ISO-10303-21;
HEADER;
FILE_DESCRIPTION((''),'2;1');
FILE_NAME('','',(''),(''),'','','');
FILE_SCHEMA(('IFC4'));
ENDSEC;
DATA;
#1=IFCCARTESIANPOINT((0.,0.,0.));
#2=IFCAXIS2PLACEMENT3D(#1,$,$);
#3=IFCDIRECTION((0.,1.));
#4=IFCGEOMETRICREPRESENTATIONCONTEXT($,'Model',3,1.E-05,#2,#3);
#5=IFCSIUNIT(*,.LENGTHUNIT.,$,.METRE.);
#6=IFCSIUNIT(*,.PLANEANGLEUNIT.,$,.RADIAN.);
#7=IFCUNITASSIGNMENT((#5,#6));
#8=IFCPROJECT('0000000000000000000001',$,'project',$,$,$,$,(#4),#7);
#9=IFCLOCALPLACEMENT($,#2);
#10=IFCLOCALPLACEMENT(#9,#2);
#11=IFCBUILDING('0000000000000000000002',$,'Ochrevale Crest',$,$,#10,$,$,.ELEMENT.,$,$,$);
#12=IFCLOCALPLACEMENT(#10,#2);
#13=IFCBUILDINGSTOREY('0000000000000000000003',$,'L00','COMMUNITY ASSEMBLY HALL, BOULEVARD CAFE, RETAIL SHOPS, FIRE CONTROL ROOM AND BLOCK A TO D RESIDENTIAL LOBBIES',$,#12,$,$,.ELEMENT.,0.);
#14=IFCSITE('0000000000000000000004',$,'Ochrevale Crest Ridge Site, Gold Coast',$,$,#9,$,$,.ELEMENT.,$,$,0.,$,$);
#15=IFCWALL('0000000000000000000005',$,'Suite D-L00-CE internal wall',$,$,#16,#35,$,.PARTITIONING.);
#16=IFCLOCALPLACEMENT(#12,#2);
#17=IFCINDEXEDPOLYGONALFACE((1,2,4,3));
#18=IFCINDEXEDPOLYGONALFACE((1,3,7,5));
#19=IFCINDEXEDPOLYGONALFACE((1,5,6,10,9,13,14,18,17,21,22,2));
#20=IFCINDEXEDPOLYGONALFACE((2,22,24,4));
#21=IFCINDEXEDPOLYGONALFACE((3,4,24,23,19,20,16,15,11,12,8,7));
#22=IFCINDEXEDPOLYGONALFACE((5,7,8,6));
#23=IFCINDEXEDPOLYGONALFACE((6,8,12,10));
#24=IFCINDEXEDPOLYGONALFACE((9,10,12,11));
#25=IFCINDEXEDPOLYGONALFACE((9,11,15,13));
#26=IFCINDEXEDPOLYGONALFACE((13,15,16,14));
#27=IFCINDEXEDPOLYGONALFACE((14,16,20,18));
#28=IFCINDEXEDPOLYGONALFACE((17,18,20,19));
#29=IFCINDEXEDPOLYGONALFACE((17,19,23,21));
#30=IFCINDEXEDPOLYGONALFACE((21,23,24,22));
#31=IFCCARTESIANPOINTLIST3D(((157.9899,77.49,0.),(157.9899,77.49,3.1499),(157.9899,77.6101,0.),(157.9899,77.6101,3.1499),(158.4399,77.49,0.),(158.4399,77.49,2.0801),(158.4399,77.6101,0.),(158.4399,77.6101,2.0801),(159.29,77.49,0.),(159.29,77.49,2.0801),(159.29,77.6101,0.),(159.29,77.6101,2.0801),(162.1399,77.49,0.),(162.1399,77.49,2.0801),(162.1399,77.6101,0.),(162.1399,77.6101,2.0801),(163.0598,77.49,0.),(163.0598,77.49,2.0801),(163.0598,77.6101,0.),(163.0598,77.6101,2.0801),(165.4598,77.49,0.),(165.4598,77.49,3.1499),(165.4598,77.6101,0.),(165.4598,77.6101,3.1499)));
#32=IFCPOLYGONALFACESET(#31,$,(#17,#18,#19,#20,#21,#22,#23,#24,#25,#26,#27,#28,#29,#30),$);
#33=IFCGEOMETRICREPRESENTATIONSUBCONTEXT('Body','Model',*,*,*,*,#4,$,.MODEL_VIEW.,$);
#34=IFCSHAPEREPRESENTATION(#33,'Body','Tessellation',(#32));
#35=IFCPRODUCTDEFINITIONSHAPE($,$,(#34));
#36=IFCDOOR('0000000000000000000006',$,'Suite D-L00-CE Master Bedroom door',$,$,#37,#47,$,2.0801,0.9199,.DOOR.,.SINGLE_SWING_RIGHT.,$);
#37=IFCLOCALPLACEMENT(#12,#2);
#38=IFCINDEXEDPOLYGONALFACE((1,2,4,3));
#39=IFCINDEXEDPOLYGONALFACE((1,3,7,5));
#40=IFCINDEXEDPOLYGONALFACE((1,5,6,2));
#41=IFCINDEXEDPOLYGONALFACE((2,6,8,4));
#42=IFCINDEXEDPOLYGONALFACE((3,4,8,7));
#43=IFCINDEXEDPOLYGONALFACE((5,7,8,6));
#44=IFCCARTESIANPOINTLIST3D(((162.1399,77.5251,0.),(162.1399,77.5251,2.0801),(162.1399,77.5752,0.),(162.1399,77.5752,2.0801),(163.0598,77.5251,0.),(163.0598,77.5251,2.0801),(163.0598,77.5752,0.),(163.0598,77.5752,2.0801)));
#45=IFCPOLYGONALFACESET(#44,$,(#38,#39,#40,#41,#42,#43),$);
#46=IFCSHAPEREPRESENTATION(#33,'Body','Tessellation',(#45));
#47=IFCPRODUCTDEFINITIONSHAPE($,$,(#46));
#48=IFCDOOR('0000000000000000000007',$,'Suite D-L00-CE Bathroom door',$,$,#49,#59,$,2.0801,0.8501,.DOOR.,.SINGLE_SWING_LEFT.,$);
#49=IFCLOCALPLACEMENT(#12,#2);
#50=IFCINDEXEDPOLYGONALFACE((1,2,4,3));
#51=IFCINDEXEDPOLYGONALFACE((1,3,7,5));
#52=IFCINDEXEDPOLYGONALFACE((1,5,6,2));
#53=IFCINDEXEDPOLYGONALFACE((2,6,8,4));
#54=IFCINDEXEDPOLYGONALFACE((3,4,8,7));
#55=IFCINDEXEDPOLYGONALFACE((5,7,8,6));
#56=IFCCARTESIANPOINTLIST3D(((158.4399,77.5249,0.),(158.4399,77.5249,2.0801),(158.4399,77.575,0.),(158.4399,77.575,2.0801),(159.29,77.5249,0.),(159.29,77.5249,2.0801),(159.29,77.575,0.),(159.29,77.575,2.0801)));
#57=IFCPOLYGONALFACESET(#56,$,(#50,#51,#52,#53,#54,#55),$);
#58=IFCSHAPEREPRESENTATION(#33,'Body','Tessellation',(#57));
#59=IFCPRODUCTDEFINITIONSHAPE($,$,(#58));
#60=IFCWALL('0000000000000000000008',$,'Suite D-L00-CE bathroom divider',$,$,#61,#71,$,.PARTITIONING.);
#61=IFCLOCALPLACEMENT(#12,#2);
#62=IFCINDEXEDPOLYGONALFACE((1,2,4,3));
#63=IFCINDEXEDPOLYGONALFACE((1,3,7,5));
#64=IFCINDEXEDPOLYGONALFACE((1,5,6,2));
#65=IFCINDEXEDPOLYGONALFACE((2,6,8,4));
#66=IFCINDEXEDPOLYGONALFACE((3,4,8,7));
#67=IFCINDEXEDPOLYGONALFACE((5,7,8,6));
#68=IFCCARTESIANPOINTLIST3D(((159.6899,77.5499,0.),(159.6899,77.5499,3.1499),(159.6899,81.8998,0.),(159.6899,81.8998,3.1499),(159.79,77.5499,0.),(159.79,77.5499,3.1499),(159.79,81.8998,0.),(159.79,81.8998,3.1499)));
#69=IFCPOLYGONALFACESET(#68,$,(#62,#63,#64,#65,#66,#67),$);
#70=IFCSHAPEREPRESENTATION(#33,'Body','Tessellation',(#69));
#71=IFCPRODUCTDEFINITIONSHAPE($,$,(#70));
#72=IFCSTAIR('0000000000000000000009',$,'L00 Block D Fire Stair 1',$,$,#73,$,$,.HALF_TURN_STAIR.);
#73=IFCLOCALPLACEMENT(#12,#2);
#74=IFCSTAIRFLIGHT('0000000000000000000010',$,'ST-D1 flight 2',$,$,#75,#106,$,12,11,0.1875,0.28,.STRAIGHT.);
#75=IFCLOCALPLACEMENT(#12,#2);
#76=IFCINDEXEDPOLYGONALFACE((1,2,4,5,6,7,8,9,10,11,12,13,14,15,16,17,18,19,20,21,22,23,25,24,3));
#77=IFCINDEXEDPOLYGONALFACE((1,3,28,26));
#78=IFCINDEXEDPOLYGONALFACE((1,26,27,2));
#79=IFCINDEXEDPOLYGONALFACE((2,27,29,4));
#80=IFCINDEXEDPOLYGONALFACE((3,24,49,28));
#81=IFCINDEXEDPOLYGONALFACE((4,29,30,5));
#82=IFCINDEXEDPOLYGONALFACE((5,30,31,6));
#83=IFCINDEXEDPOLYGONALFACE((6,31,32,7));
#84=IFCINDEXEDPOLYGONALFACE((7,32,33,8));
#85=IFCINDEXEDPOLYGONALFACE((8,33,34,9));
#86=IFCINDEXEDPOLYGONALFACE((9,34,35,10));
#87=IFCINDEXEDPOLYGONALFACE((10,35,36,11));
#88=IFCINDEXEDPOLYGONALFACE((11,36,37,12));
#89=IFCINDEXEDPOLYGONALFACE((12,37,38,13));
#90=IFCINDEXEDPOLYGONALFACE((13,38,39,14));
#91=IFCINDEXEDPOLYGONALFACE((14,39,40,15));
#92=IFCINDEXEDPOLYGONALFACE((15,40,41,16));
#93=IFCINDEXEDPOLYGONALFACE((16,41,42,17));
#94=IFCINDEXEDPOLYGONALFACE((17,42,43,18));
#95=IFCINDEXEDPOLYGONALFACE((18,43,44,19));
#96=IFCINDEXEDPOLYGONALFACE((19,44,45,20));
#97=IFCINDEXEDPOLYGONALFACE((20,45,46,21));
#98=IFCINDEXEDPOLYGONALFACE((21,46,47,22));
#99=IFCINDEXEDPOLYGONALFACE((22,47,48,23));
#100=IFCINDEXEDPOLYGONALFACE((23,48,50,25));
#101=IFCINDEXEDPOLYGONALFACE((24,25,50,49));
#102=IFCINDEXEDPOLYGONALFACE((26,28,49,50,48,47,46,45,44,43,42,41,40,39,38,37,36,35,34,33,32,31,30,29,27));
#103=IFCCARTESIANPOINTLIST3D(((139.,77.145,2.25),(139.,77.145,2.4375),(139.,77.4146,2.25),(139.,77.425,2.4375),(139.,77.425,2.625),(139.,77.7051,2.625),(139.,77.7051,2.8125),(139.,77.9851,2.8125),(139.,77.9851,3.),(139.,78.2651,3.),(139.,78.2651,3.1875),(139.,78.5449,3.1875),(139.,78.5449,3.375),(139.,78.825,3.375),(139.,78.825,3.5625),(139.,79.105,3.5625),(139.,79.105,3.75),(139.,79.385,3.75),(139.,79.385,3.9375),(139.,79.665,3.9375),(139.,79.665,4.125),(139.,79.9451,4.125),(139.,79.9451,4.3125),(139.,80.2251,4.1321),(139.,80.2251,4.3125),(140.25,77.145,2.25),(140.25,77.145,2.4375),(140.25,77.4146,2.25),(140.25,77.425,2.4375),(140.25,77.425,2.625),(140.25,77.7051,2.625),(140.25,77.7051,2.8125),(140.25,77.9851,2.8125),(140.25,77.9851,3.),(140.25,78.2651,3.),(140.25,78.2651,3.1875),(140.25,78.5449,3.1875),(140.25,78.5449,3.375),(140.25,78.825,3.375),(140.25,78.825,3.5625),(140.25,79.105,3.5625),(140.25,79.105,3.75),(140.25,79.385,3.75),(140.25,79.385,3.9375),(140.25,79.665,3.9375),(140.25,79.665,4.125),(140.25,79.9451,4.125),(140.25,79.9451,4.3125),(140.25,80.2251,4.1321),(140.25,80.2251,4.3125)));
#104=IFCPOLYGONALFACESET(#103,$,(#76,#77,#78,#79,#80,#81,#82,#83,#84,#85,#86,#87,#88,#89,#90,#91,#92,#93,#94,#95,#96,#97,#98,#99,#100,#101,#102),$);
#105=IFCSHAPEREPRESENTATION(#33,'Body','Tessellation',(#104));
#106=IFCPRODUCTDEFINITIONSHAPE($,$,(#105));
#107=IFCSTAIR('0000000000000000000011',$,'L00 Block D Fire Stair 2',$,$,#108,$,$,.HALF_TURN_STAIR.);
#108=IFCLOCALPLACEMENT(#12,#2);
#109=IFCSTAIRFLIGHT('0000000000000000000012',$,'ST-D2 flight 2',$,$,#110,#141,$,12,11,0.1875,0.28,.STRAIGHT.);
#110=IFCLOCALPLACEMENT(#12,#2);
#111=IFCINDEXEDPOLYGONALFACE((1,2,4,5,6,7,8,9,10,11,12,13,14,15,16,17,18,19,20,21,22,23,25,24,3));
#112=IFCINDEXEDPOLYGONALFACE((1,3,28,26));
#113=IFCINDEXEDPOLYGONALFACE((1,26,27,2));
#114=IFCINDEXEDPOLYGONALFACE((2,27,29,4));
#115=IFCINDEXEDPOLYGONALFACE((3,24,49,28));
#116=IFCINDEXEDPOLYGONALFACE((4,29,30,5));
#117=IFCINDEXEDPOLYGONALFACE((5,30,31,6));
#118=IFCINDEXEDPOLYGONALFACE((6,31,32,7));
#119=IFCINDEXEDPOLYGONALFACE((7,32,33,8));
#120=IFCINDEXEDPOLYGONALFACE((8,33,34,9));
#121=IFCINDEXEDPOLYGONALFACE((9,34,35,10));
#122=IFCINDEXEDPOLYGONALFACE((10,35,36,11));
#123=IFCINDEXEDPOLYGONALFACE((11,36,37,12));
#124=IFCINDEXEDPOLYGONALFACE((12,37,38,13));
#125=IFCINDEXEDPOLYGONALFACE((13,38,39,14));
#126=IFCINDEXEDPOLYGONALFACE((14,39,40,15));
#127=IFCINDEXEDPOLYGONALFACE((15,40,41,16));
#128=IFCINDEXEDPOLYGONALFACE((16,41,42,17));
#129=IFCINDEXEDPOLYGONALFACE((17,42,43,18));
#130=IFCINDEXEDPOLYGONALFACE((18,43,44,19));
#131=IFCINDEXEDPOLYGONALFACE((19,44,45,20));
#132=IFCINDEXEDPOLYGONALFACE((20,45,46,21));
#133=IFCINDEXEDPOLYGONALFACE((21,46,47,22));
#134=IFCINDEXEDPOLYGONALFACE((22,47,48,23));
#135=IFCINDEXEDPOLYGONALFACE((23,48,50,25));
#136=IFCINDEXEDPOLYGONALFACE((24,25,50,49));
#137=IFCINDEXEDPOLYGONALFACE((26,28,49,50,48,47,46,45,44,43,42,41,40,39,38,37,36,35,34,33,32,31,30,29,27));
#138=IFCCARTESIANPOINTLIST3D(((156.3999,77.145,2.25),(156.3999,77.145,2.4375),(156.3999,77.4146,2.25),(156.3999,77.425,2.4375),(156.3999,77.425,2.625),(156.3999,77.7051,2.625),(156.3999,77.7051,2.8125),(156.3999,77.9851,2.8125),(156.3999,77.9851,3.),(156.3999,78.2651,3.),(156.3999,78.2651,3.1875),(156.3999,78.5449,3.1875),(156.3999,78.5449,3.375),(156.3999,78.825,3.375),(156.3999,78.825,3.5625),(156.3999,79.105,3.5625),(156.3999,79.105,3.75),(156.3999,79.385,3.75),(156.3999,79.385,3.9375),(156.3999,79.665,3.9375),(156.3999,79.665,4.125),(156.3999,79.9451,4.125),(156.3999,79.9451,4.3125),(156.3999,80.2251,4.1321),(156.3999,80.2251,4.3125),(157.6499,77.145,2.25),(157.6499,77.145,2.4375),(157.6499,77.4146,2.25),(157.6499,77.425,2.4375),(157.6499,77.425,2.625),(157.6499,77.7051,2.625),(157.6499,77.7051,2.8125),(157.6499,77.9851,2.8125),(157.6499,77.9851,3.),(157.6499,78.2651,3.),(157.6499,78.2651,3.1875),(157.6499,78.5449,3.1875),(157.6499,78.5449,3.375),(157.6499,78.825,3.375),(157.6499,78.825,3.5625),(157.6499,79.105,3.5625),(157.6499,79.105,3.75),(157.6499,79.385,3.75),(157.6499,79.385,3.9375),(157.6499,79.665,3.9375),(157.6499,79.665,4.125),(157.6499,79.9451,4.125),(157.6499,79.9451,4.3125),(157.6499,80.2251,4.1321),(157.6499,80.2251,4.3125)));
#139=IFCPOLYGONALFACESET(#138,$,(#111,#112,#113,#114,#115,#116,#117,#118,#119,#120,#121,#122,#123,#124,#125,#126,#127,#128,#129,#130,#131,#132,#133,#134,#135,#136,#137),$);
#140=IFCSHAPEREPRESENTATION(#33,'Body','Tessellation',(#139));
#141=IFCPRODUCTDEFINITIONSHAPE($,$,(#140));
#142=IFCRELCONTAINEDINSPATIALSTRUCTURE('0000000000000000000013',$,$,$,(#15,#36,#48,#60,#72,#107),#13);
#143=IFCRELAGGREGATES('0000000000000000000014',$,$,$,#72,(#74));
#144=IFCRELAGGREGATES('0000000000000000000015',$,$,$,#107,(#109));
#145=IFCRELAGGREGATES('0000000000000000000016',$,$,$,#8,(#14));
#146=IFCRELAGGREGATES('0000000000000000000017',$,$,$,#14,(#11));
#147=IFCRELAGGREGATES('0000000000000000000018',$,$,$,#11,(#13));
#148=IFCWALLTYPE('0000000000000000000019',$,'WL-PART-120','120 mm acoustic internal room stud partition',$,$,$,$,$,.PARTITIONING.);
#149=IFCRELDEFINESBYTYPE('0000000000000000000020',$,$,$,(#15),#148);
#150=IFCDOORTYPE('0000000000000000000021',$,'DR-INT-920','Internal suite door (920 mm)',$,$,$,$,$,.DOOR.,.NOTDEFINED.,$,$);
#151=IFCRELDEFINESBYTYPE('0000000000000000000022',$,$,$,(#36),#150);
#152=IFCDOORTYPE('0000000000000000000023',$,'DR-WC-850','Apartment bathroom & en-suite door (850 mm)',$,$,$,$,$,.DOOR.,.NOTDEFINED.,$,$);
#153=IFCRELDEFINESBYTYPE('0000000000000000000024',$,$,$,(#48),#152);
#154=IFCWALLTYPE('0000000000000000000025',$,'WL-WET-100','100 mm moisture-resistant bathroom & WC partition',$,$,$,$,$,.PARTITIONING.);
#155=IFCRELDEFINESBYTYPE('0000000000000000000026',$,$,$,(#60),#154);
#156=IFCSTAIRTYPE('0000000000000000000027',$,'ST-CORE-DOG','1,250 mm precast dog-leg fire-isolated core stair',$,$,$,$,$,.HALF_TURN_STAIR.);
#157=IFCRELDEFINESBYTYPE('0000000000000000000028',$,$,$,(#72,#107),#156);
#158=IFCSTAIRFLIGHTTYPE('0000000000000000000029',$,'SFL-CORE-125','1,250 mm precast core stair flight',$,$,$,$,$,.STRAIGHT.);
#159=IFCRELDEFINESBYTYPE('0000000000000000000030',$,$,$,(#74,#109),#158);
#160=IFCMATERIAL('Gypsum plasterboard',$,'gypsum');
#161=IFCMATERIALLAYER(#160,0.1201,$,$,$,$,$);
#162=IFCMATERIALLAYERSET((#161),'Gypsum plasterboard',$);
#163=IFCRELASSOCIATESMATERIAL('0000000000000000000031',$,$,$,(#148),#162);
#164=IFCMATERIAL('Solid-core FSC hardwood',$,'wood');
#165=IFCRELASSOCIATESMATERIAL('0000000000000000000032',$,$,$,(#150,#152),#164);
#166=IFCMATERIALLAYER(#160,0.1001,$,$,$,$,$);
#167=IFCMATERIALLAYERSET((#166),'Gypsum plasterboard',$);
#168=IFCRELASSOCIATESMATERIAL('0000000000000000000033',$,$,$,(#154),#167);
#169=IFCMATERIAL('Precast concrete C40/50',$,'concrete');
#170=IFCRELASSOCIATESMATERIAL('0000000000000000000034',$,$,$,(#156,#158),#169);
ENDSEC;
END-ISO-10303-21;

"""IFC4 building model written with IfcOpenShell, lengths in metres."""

from ifc_helpers import new_model, si_unit, direction, frame, frame_2d, origin, place, context, subcontext, project, spatial, polyline, rectangle, outline, extrude, material, layer, layer_set, type_object, element, fill, aggregate, save


model = new_model("IFC4")

# Units and contexts
model_context = context("Model", 3, precision=1e-05, world=origin(), true_north=direction((0.0, 1.0)))
body_context = subcontext(model_context, "Body", "Model", "MODEL_VIEW")
ifc_project = project(units=[si_unit("LENGTHUNIT", "METRE"), si_unit("PLANEANGLEUNIT", "RADIAN")], contexts=[model_context])

# Site, building, storey
site_placement = place(None, origin())
site = spatial("IfcSite", under=ifc_project, at=site_placement, Name="Ochrevale Crest Ridge Site, Gold Coast", CompositionType="ELEMENT", RefElevation=0.0)
building_placement = place(site_placement, origin())
building = spatial("IfcBuilding", under=site, at=building_placement, Name="Ochrevale Crest", CompositionType="ELEMENT")
storey_placement = place(building_placement, origin())
storey = spatial("IfcBuildingStorey", under=building, at=storey_placement, Name="L00", Description="COMMUNITY ASSEMBLY HALL, BOULEVARD CAFE, RETAIL SHOPS, FIRE CONTROL ROOM AND BLOCK A TO D RESIDENTIAL LOBBIES", CompositionType="ELEMENT", Elevation=0.0)

# Wall, openings, doors
ifc_material_1 = material(Name="Gypsum plasterboard", Category="gypsum")
ifc_layer_1 = layer(ifc_material_1, 0.1201)
ifc_layer_set_1 = layer_set([ifc_layer_1], Name="Gypsum plasterboard")
wall_type_1 = type_object("IfcWallType", Name="WL-PART-120", Description="120 mm acoustic internal room stud partition", PredefinedType="PARTITIONING", material=ifc_layer_set_1)
wall_1_placement = place(storey_placement, frame((157.99, 77.55, 0.0), z_axis=(0.0, 0.0, 1.0), x_axis=(1.0, 0.0, 0.0)))
wall_1 = element("IfcWall", 1, at=wall_1_placement, inside=storey, type_object=wall_type_1, Name="Suite D-L00-CE internal wall", PredefinedType="PARTITIONING", context=body_context, shape_type="SweptSolid", body=[
    extrude(rectangle(XDim=7.47, YDim=0.1201, at=frame_2d((3.7349, 0.0))), origin(), (0.0, 0.0, 1.0), 3.1499),
])
opening_1_placement = place(wall_1_placement, frame((0.45, 0.0, 0.0)))
opening_1 = element("IfcOpeningElement", 2, at=opening_1_placement, cuts=wall_1, PredefinedType="OPENING", context=body_context, shape_type="SweptSolid", body=[
    extrude(rectangle(XDim=0.8501, YDim=2.0801, at=frame_2d((0.425, 1.04))), frame((0.0, 0.0701, 0.0), z_axis=(0.0, -1.0, 0.0), x_axis=(1.0, 0.0, 0.0)), (0.0, 0.0, 1.0), 0.1401),
])
opening_2_placement = place(wall_1_placement, frame((5.0698, 0.0, 0.0), z_axis=(0.0, 0.0, 1.0), x_axis=(-1.0, 0.0, 0.0)))
opening_2 = element("IfcOpeningElement", 3, at=opening_2_placement, cuts=wall_1, PredefinedType="OPENING", context=body_context, shape_type="SweptSolid", body=[
    extrude(rectangle(XDim=0.9199, YDim=2.0801, at=frame_2d((0.46, 1.04))), frame((0.0, 0.0701, 0.0), z_axis=(0.0, -1.0, 0.0), x_axis=(1.0, 0.0, 0.0)), (0.0, 0.0, 1.0), 0.1401),
])
ifc_material_2 = material(Name="Solid-core FSC hardwood", Category="wood")
door_type_1 = type_object("IfcDoorType", Name="DR-INT-920", Description="Internal suite door (920 mm)", OperationType="NOTDEFINED", PredefinedType="DOOR", material=ifc_material_2)
door_1_placement = place(opening_2_placement, origin())
door_1 = element("IfcDoor", 4, at=door_1_placement, inside=storey, type_object=door_type_1, Name="Suite D-L00-CE Master Bedroom door", OperationType="SINGLE_SWING_RIGHT", OverallHeight=2.0801, OverallWidth=0.9199, PredefinedType="DOOR", context=body_context, shape_type="SweptSolid", body=[
    extrude(rectangle(XDim=0.9199, YDim=2.0801, at=frame_2d((0.46, 1.04))), frame((0.0, 0.0249, 0.0), z_axis=(0.0, -1.0, 0.0), x_axis=(1.0, 0.0, 0.0)), (0.0, 0.0, 1.0), 0.05),
])
fill(opening_2, door_1)
door_type_2 = type_object("IfcDoorType", Name="DR-WC-850", Description="Apartment bathroom & en-suite door (850 mm)", OperationType="NOTDEFINED", PredefinedType="DOOR", material=ifc_material_2)
door_2_placement = place(opening_1_placement, origin())
door_2 = element("IfcDoor", 5, at=door_2_placement, inside=storey, type_object=door_type_2, Name="Suite D-L00-CE Bathroom door", OperationType="SINGLE_SWING_LEFT", OverallHeight=2.0801, OverallWidth=0.8501, PredefinedType="DOOR", context=body_context, shape_type="SweptSolid", body=[
    extrude(rectangle(XDim=0.8501, YDim=2.0801, at=frame_2d((0.425, 1.04))), frame((0.0, 0.0249, 0.0), z_axis=(0.0, -1.0, 0.0), x_axis=(1.0, 0.0, 0.0)), (0.0, 0.0, 1.0), 0.05),
])
fill(opening_1, door_2)

# Wall
ifc_layer_2 = layer(ifc_material_1, 0.1001)
ifc_layer_set_2 = layer_set([ifc_layer_2], Name="Gypsum plasterboard")
wall_type_2 = type_object("IfcWallType", Name="WL-WET-100", Description="100 mm moisture-resistant bathroom & WC partition", PredefinedType="PARTITIONING", material=ifc_layer_set_2)
wall_2_placement = place(storey_placement, frame((159.74, 77.55, 0.0), z_axis=(0.0, 0.0, 1.0), x_axis=(0.0, 1.0, 0.0)))
element("IfcWall", 6, at=wall_2_placement, inside=storey, type_object=wall_type_2, Name="Suite D-L00-CE bathroom divider", PredefinedType="PARTITIONING", context=body_context, shape_type="SweptSolid", body=[
    extrude(rectangle(XDim=4.3499, YDim=0.1001, at=frame_2d((2.1748, 0.0))), origin(), (0.0, 0.0, 1.0), 3.1499),
])

# Stairs, stair flights
ifc_material_3 = material(Name="Precast concrete C40/50", Category="concrete")
stair_type = type_object("IfcStairType", Name="ST-CORE-DOG", Description="1,250 mm precast dog-leg fire-isolated core stair", PredefinedType="HALF_TURN_STAIR", material=ifc_material_3)
stair_1_placement = place(storey_placement, origin())
stair_1 = element("IfcStair", 7, at=stair_1_placement, inside=storey, type_object=stair_type, Name="L00 Block D Fire Stair 1", PredefinedType="HALF_TURN_STAIR")
stair_flight_type = type_object("IfcStairFlightType", Name="SFL-CORE-125", Description="1,250 mm precast core stair flight", PredefinedType="STRAIGHT", material=ifc_material_3)
stair_flight_1_placement = place(storey_placement, frame((139.625, 77.145, 2.25), z_axis=(0.0, 0.0, 1.0), x_axis=(0.0, 1.0, 0.0)))
stair_flight_1 = element("IfcStairFlight", 8, at=stair_flight_1_placement, type_object=stair_flight_type, Name="ST-D1 flight 2", NumberOfRisers=12, NumberOfTreads=11, PredefinedType="STRAIGHT", RiserHeight=0.1875, TreadLength=0.28, context=body_context, shape_type="SweptSolid", body=[
    extrude(outline(polyline([(0.0, 0.0), (0.0, 0.1875), (0.28, 0.1875), (0.28, 0.375), (0.5601, 0.375), (0.5601, 0.5625), (0.8401, 0.5625), (0.8401, 0.75), (1.1201, 0.75), (1.1201, 0.9375), (1.3999, 0.9375), (1.3999, 1.125), (1.6799, 1.125), (1.6799, 1.3125), (1.96, 1.3125), (1.96, 1.5), (2.24, 1.5), (2.24, 1.6875), (2.52, 1.6875), (2.52, 1.875), (2.8, 1.875), (2.8, 2.0625), (3.0801, 2.0625), (3.0801, 2.25), (3.0801, 1.8821), (0.2695, 0.0), (0.0, 0.0)])), frame((0.0, 0.625, 0.0), z_axis=(0.0, -1.0, 0.0), x_axis=(1.0, 0.0, 0.0)), (0.0, 0.0, 1.0), 1.25),
])
aggregate(stair_1, [stair_flight_1])
stair_2_placement = place(storey_placement, origin())
stair_2 = element("IfcStair", 9, at=stair_2_placement, inside=storey, type_object=stair_type, Name="L00 Block D Fire Stair 2", PredefinedType="HALF_TURN_STAIR")
stair_flight_2_placement = place(storey_placement, frame((157.0249, 77.145, 2.25), z_axis=(0.0, 0.0, 1.0), x_axis=(0.0, 1.0, 0.0)))
stair_flight_2 = element("IfcStairFlight", 10, at=stair_flight_2_placement, type_object=stair_flight_type, Name="ST-D2 flight 2", NumberOfRisers=12, NumberOfTreads=11, PredefinedType="STRAIGHT", RiserHeight=0.1875, TreadLength=0.28, context=body_context, shape_type="SweptSolid", body=[
    extrude(outline(polyline([(0.0, 0.0), (0.0, 0.1875), (0.28, 0.1875), (0.28, 0.375), (0.5601, 0.375), (0.5601, 0.5625), (0.8401, 0.5625), (0.8401, 0.75), (1.1201, 0.75), (1.1201, 0.9375), (1.3999, 0.9375), (1.3999, 1.125), (1.6799, 1.125), (1.6799, 1.3125), (1.96, 1.3125), (1.96, 1.5), (2.24, 1.5), (2.24, 1.6875), (2.52, 1.6875), (2.52, 1.875), (2.8, 1.875), (2.8, 2.0625), (3.0801, 2.0625), (3.0801, 2.25), (3.0801, 1.8821), (0.2695, 0.0), (0.0, 0.0)])), frame((0.0, 0.625, 0.0), z_axis=(0.0, -1.0, 0.0), x_axis=(1.0, 0.0, 0.0)), (0.0, 0.0, 1.0), 1.25),
])
aggregate(stair_2, [stair_flight_2])

save(model, "model.ifc")
